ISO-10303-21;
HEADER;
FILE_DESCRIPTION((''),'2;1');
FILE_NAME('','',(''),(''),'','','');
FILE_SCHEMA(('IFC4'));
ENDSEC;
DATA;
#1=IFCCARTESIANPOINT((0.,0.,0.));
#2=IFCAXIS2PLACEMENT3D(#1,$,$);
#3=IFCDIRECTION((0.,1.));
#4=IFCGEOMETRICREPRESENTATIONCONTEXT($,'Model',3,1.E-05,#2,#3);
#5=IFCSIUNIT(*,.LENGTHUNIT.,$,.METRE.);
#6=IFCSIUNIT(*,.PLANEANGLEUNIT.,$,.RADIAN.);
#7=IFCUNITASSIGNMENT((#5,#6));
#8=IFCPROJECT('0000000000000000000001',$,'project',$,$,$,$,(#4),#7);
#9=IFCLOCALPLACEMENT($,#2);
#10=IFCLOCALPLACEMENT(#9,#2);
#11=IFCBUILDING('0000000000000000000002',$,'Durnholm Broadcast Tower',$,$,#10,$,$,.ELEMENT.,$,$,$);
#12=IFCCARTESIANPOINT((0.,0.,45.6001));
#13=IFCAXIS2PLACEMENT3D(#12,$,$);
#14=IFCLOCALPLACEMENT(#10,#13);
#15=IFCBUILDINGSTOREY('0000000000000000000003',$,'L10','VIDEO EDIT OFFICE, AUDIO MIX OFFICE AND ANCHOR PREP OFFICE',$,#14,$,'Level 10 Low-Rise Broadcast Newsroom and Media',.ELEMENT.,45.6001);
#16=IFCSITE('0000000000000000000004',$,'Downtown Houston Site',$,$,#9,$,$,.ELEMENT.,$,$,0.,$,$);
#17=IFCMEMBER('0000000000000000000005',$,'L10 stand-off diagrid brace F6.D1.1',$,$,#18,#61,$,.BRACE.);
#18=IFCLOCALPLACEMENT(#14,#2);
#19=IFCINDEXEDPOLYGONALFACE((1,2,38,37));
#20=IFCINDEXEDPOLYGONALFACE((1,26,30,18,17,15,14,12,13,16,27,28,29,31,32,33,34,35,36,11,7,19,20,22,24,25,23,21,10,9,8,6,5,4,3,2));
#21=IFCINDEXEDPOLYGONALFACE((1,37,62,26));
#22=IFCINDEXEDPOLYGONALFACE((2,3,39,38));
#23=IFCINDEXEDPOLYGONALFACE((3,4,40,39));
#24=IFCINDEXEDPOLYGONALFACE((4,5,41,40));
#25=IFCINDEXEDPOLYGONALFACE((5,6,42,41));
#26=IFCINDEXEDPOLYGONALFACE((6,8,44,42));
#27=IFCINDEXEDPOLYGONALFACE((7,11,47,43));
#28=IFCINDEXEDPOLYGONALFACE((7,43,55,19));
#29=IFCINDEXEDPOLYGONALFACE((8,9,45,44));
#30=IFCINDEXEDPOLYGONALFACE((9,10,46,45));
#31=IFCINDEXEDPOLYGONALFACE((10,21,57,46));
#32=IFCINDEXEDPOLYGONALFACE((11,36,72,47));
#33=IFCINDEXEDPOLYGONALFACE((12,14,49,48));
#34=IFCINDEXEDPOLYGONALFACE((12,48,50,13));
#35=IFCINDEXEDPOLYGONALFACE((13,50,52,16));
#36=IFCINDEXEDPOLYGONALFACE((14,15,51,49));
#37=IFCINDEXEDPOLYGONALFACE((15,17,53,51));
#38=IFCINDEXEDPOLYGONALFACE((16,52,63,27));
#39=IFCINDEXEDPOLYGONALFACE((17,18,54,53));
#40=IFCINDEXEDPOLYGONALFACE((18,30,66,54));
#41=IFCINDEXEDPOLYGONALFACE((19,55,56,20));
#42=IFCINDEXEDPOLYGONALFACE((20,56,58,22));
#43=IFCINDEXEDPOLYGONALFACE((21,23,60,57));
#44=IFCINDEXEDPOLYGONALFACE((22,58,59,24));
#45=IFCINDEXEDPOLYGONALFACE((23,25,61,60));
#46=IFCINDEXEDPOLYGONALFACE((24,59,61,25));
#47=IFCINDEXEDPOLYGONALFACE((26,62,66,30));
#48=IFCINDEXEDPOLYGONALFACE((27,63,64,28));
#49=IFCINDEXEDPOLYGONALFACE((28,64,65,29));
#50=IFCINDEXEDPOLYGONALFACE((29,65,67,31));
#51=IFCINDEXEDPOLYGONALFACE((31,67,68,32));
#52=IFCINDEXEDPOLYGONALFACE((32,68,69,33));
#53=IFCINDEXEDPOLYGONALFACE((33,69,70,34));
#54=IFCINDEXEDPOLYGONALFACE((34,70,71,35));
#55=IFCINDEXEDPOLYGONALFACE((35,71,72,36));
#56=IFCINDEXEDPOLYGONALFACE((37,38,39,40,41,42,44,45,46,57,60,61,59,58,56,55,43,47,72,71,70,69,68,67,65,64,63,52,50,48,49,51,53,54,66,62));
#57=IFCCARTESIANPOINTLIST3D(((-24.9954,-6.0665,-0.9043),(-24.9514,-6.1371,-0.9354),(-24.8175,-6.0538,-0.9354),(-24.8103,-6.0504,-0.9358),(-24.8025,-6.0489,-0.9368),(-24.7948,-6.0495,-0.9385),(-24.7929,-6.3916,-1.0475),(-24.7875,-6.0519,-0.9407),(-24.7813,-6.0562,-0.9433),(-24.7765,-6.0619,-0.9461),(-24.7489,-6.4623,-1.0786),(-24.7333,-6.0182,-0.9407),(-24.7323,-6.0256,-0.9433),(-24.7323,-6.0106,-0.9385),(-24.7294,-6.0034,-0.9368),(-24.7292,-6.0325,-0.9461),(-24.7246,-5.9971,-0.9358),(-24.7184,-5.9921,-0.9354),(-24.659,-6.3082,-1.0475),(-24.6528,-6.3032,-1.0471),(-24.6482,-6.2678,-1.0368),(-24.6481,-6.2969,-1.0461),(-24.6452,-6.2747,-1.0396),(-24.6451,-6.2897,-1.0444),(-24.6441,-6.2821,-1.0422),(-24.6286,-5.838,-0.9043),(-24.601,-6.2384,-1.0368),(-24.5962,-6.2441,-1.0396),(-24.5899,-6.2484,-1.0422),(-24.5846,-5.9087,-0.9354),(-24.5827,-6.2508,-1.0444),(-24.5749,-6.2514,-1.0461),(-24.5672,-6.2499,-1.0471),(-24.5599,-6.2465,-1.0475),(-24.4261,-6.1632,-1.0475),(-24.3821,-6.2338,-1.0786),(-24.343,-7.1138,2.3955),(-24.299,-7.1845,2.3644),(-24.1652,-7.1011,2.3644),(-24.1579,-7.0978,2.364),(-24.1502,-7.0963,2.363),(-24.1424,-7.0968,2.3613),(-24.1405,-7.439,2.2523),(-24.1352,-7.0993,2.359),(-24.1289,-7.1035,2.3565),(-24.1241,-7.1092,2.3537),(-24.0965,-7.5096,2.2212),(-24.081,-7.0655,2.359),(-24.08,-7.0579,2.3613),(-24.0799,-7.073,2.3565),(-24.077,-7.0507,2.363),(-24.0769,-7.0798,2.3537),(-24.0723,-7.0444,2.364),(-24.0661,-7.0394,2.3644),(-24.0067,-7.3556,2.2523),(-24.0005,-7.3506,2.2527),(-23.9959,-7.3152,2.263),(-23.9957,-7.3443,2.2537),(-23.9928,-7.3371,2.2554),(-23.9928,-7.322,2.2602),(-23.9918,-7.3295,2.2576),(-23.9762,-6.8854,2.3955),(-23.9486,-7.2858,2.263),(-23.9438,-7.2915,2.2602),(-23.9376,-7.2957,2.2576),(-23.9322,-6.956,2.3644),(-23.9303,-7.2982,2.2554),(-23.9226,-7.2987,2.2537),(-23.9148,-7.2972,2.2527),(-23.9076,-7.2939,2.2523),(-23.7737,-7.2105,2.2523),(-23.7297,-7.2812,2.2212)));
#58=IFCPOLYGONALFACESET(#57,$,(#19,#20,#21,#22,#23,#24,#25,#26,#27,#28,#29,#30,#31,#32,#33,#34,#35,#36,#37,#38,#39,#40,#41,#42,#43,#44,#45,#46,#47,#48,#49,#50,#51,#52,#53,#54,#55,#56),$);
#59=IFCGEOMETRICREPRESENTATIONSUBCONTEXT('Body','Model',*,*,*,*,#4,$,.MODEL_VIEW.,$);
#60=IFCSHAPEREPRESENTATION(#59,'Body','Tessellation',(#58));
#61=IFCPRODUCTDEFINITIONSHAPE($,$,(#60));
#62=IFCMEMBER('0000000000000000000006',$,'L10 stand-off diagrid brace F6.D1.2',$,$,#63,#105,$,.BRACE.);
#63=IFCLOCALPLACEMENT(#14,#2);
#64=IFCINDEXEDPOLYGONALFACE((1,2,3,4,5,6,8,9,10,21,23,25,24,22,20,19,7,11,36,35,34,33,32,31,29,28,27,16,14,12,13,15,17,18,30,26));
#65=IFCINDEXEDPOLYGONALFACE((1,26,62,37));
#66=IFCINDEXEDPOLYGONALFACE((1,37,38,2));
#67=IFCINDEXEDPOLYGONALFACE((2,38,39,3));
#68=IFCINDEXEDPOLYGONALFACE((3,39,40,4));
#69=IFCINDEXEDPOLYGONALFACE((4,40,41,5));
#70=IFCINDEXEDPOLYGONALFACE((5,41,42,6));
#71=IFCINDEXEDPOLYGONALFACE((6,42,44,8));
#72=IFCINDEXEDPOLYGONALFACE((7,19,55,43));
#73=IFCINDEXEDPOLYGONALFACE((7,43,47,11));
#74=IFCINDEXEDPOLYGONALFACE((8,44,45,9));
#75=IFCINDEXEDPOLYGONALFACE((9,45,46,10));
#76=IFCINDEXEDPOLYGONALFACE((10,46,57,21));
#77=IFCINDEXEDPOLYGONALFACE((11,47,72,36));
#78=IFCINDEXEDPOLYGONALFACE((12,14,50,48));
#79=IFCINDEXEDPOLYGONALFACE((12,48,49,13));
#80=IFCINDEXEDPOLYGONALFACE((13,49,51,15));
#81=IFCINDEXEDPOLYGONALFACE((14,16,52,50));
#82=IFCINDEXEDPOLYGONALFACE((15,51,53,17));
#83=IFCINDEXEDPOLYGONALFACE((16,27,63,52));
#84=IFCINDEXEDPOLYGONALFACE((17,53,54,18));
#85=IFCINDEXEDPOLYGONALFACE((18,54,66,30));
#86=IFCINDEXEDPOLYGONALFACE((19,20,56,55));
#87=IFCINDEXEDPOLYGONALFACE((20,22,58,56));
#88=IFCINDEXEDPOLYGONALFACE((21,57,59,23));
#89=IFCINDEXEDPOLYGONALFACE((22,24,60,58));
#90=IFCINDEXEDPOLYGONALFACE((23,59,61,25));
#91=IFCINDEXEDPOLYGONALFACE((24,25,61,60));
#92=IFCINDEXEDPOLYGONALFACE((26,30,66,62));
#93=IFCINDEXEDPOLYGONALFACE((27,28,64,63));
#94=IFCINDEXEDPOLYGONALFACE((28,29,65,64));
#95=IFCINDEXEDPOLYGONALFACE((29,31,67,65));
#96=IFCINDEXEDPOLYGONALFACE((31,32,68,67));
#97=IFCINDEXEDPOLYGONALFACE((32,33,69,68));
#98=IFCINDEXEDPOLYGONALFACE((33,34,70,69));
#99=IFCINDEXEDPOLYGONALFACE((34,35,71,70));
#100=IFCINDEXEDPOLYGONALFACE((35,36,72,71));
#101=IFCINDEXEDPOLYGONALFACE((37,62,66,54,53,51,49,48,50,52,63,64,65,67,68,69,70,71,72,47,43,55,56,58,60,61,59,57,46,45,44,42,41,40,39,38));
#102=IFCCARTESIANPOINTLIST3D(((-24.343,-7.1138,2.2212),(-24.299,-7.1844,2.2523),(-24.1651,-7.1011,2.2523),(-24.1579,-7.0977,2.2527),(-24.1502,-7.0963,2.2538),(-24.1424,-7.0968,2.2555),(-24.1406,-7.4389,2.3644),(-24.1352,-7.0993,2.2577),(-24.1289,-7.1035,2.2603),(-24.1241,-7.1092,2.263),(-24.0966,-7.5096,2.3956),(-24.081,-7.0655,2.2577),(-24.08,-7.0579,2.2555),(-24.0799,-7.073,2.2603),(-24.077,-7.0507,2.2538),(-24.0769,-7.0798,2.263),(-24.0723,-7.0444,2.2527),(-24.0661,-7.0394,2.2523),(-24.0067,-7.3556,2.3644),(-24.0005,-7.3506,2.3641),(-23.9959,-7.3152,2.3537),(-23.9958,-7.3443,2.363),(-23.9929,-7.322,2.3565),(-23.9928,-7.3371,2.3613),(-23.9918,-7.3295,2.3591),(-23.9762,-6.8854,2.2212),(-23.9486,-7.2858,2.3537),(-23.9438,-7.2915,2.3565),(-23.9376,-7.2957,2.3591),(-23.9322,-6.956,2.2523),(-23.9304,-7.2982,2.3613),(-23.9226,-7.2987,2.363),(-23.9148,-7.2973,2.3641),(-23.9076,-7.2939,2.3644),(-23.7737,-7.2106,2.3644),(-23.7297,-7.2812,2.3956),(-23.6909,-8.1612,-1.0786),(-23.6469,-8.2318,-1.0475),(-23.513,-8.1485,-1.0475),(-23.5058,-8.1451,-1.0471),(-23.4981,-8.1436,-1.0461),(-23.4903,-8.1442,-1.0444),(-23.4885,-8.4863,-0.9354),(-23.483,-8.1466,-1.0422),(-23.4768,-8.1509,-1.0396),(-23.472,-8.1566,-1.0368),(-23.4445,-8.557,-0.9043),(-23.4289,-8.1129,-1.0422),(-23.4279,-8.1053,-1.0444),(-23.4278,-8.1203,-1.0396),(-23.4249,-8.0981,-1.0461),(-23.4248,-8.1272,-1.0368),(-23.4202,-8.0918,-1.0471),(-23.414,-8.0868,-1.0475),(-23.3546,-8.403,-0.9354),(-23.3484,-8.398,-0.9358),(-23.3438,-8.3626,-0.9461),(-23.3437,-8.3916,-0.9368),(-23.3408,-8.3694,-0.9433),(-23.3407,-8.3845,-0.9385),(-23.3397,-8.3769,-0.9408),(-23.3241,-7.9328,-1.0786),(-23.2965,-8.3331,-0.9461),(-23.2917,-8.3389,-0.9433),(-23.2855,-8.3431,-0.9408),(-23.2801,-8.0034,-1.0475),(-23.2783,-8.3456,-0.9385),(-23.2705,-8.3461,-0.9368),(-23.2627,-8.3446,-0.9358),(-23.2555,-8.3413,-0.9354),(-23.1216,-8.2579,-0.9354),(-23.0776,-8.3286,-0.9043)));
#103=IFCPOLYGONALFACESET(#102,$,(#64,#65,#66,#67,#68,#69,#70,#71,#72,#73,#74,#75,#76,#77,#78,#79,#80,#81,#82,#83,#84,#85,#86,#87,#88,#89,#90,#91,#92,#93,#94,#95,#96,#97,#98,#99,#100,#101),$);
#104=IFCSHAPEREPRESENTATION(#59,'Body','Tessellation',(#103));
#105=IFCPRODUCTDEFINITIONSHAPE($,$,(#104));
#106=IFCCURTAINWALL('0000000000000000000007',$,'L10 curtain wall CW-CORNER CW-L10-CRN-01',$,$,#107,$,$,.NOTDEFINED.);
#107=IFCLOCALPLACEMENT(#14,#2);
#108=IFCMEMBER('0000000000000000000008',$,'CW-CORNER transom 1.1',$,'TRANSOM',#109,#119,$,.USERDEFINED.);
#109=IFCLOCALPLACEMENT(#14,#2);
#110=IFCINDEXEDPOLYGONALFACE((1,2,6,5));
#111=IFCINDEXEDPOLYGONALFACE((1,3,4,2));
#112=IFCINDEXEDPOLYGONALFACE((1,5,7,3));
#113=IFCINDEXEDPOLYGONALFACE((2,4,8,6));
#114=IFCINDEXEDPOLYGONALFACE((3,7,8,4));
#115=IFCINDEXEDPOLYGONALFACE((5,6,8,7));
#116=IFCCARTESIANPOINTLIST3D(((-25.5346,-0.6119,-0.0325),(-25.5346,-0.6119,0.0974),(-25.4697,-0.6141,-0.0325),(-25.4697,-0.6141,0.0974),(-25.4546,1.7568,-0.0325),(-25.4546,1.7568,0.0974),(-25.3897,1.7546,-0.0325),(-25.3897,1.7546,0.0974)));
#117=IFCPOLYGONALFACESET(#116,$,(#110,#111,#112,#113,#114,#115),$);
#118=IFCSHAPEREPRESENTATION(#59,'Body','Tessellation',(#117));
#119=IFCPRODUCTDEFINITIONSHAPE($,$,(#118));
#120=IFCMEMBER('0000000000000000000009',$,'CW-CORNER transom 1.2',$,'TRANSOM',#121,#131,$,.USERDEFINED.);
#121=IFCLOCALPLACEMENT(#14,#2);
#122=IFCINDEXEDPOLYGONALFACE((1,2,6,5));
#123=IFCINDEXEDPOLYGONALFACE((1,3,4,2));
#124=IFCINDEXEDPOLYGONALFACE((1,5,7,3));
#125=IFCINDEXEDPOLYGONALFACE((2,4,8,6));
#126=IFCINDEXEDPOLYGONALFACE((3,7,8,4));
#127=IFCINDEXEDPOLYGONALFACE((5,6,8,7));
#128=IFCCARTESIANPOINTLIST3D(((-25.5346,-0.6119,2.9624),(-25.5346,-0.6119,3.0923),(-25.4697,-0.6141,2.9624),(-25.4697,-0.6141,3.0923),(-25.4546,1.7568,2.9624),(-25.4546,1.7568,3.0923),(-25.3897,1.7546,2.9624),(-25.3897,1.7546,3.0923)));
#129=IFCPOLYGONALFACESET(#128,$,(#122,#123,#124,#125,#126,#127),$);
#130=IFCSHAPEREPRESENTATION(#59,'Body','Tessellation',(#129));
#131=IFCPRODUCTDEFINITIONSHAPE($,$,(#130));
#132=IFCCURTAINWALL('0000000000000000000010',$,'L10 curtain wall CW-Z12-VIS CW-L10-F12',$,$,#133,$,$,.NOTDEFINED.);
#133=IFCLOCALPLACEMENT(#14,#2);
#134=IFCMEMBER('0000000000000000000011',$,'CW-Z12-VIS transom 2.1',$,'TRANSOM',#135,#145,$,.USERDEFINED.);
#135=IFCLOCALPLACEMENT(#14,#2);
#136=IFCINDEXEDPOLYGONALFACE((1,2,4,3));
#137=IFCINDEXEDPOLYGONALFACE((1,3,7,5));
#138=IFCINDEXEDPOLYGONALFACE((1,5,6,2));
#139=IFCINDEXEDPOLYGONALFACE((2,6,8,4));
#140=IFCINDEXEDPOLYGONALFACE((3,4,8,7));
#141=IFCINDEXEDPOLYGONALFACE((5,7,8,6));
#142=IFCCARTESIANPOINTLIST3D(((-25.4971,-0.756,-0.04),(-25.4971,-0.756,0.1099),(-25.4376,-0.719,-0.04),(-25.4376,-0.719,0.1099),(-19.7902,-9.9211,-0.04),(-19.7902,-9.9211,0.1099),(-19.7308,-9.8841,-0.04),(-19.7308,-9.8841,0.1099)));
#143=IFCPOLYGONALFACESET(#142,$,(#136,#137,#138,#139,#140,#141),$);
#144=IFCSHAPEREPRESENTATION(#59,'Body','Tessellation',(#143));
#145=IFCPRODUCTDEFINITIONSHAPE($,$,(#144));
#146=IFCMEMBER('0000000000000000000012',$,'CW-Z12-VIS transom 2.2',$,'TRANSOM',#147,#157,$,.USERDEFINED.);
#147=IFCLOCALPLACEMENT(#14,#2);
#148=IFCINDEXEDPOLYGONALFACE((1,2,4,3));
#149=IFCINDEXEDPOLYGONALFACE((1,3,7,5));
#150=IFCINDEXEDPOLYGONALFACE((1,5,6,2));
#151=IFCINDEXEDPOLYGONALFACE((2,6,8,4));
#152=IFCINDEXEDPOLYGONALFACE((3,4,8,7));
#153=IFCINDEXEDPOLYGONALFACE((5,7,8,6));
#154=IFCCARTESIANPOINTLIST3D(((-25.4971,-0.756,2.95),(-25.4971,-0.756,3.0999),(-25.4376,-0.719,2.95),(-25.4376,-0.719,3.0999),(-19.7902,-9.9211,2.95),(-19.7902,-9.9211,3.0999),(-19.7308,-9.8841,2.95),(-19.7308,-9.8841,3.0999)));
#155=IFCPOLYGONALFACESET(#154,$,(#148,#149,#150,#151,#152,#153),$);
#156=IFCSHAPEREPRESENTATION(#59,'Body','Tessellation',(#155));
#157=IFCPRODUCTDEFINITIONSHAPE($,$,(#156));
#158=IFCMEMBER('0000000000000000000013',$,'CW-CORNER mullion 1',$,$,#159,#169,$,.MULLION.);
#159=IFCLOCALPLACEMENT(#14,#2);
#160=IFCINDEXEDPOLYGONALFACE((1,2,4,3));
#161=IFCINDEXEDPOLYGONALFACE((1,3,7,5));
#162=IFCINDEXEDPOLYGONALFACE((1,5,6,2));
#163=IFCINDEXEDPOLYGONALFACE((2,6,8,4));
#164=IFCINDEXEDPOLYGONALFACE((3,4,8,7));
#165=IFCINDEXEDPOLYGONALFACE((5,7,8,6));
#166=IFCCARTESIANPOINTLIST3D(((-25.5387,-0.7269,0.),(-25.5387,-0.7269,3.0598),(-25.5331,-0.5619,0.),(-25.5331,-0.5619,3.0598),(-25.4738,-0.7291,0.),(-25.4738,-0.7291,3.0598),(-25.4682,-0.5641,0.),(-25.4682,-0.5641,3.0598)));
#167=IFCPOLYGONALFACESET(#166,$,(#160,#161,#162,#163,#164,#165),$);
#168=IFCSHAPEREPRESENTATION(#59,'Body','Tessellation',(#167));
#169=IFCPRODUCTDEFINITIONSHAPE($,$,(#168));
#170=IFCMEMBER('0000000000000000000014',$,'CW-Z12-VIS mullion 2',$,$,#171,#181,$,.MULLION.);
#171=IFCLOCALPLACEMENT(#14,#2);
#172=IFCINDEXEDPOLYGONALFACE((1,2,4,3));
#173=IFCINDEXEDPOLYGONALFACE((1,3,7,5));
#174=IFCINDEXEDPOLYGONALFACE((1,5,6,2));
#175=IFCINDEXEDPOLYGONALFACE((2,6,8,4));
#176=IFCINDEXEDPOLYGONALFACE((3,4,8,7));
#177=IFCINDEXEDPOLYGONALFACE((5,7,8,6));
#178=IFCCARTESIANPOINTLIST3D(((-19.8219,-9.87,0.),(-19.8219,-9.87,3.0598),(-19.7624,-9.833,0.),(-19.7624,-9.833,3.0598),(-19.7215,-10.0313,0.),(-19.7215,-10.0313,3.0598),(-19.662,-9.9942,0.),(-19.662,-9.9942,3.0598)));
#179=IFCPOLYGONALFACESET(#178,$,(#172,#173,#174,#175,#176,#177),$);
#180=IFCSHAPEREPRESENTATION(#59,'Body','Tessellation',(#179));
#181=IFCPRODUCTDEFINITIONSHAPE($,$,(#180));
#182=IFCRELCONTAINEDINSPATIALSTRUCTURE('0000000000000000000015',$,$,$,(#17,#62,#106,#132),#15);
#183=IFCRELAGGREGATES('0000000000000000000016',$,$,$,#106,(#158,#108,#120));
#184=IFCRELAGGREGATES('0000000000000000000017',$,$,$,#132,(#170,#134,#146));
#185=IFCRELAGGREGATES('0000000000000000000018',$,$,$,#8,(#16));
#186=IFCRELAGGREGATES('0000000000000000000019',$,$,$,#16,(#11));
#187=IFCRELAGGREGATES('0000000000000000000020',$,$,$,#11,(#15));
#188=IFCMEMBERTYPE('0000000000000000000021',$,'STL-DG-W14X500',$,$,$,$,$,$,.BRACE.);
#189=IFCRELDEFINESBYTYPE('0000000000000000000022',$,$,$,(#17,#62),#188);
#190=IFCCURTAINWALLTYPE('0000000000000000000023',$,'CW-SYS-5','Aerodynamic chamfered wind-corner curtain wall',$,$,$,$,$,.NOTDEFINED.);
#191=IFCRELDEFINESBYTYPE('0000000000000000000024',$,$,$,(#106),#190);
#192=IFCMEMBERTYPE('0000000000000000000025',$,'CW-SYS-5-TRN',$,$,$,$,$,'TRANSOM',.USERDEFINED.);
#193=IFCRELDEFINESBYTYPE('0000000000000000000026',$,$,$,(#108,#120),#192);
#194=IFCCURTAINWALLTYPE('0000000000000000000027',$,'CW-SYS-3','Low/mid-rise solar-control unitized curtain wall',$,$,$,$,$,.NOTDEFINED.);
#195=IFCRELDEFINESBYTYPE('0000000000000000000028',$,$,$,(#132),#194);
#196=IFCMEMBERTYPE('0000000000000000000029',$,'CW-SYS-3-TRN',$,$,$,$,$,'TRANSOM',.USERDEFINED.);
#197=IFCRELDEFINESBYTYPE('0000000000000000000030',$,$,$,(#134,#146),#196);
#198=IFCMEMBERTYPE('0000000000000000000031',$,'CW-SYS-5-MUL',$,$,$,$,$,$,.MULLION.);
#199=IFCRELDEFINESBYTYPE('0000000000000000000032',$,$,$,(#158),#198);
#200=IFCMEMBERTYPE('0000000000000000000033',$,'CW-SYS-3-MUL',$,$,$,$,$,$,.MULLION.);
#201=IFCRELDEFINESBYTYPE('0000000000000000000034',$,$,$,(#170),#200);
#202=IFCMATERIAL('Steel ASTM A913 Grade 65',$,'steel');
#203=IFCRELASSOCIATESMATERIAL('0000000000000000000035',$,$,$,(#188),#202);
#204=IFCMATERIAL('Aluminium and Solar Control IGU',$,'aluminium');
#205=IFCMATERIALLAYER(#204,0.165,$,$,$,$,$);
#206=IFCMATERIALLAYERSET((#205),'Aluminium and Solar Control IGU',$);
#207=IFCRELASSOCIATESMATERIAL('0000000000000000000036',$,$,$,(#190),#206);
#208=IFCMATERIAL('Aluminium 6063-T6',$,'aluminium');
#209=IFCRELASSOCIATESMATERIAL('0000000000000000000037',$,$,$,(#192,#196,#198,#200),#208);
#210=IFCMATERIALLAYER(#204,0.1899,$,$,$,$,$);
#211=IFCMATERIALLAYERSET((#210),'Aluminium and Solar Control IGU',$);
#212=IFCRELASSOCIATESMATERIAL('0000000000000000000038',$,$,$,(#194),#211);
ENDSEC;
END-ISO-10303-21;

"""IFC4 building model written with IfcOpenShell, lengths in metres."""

from ifc_helpers import new_model, si_unit, direction, frame, origin, origin_2d, place, context, subcontext, project, spatial, rectangle, i_section, extrude, source, transform, mapped, material, layer, layer_set, material_profile, profile_set, type_object, type_shapes, element, aggregate, save


model = new_model("IFC4")

# Units and contexts
model_context = context("Model", 3, precision=1e-05, world=origin(), true_north=direction((0.0, 1.0)))
body_context = subcontext(model_context, "Body", "Model", "MODEL_VIEW")
ifc_project = project(units=[si_unit("LENGTHUNIT", "METRE"), si_unit("PLANEANGLEUNIT", "RADIAN")], contexts=[model_context])

# Site, building, storey
site_placement = place(None, origin())
site = spatial("IfcSite", under=ifc_project, at=site_placement, Name="Downtown Houston Site", CompositionType="ELEMENT", RefElevation=0.0)
building_placement = place(site_placement, origin())
building = spatial("IfcBuilding", under=site, at=building_placement, Name="Durnholm Broadcast Tower", CompositionType="ELEMENT")
storey_placement = place(building_placement, frame((0.0, 0.0, 45.6001)))
storey = spatial("IfcBuildingStorey", under=building, at=storey_placement, Name="L10", Description="VIDEO EDIT OFFICE, AUDIO MIX OFFICE AND ANCHOR PREP OFFICE", LongName="Level 10 Low-Rise Broadcast Newsroom and Media", CompositionType="ELEMENT", Elevation=45.6001)

# Members
ifc_material_1 = material(Name="Steel ASTM A913 Grade 65", Category="steel")
ifc_material_profile_1 = material_profile(ifc_material_1, i_section(OverallWidth=0.4321, OverallDepth=0.4978, WebThickness=0.0557, FlangeThickness=0.0889, FilletRadius=0.0305, at=origin_2d()), Name="W14X500")
ifc_profile_set_1 = profile_set([ifc_material_profile_1], Name="Steel ASTM A913 Grade 65")
member_type_1 = type_object("IfcMemberType", Name="STL-DG-W14X500", PredefinedType="BRACE", material=ifc_profile_set_1)
shared_shape_1 = source(origin(), body_context, "Body", "SweptSolid", [
    extrude(i_section(OverallWidth=0.4321, OverallDepth=0.4978, WebThickness=0.0557, FlangeThickness=0.0889, FilletRadius=0.0305, at=origin_2d()), origin(), (0.0, 0.0, 1.0), 3.5229),
])
type_shapes(member_type_1, [shared_shape_1])
for number, where, z_axis, x_axis, name in (
    (1, (-24.6887, -6.1501, -0.9915), (0.185169, -0.297297, 0.936657), (0.84882, 0.528682, 0.0), "L10 stand-off diagrid brace F6.D1.1"),
    (2, (-23.3843, -8.2449, -0.9915), (-0.185102, 0.2973, 0.936669), (-0.848909, -0.52854, 0.0), "L10 stand-off diagrid brace F6.D1.2"),
):
    element("IfcMember", number, at=place(storey_placement, frame(where, z_axis=z_axis, x_axis=x_axis)), inside=storey, type_object=member_type_1, Name=name, PredefinedType="BRACE", context=body_context, shape_type="MappedRepresentation", body=[
        mapped(shared_shape_1, transform((0.0, 0.0, 0.0), x_axis=(1.0, 0.0, 0.0), y_axis=(0.0, 1.0, 0.0), z_axis=(0.0, 0.0, 1.0), scale=1.0)),
    ])

# Curtain walls, members
ifc_material_2 = material(Name="Aluminium and Solar Control IGU", Category="aluminium")
ifc_layer_1 = layer(ifc_material_2, 0.165)
ifc_layer_set_1 = layer_set([ifc_layer_1], Name="Aluminium and Solar Control IGU")
curtain_wall_type_1 = type_object("IfcCurtainWallType", Name="CW-SYS-5", Description="Aerodynamic chamfered wind-corner curtain wall", PredefinedType="NOTDEFINED", material=ifc_layer_set_1)
curtain_wall_1_placement = place(storey_placement, origin())
curtain_wall_1 = element("IfcCurtainWall", 3, at=curtain_wall_1_placement, inside=storey, type_object=curtain_wall_type_1, Name="L10 curtain wall CW-CORNER CW-L10-CRN-01", PredefinedType="NOTDEFINED")
ifc_material_3 = material(Name="Aluminium 6063-T6", Category="aluminium")
ifc_material_profile_2 = material_profile(ifc_material_3, rectangle(XDim=0.0649, YDim=0.1299, at=origin_2d()), Name="CWT65X130")
ifc_profile_set_2 = profile_set([ifc_material_profile_2], Name="Aluminium 6063-T6")
member_type_2 = type_object("IfcMemberType", Name="CW-SYS-5-TRN", ElementType="TRANSOM", PredefinedType="USERDEFINED", material=ifc_profile_set_2)
shared_shape_2 = source(origin(), body_context, "Body", "SweptSolid", [
    extrude(rectangle(XDim=0.0649, YDim=0.1299, at=origin_2d()), origin(), (0.0, 0.0, 1.0), 2.3701),
])
type_shapes(member_type_2, [shared_shape_2])
member_1_placement = place(storey_placement, frame((-25.5022, -0.613, 0.0325), z_axis=(0.033788, 0.999429, 0.0), x_axis=(-0.999429, 0.033788, 0.0)))
member_1 = element("IfcMember", 4, at=member_1_placement, type_object=member_type_2, Name="CW-CORNER transom 1.1", ObjectType="TRANSOM", PredefinedType="USERDEFINED", context=body_context, shape_type="MappedRepresentation", body=[
    mapped(shared_shape_2, transform((0.0, 0.0, 0.0), x_axis=(1.0, 0.0, 0.0), y_axis=(0.0, 1.0, 0.0), z_axis=(0.0, 0.0, 1.0), scale=1.0)),
])
member_2_placement = place(storey_placement, frame((-25.5022, -0.613, 3.0273), z_axis=(0.033788, 0.999429, 0.0), x_axis=(-0.999429, 0.033788, 0.0)))
member_2 = element("IfcMember", 5, at=member_2_placement, type_object=member_type_2, Name="CW-CORNER transom 1.2", ObjectType="TRANSOM", PredefinedType="USERDEFINED", context=body_context, shape_type="MappedRepresentation", body=[
    mapped(shared_shape_2, transform((0.0, 0.0, 0.0), x_axis=(1.0, 0.0, 0.0), y_axis=(0.0, 1.0, 0.0), z_axis=(0.0, 0.0, 1.0), scale=1.0)),
])
ifc_layer_2 = layer(ifc_material_2, 0.1899)
ifc_layer_set_2 = layer_set([ifc_layer_2], Name="Aluminium and Solar Control IGU")
curtain_wall_type_2 = type_object("IfcCurtainWallType", Name="CW-SYS-3", Description="Low/mid-rise solar-control unitized curtain wall", PredefinedType="NOTDEFINED", material=ifc_layer_set_2)
curtain_wall_2_placement = place(storey_placement, origin())
curtain_wall_2 = element("IfcCurtainWall", 6, at=curtain_wall_2_placement, inside=storey, type_object=curtain_wall_type_2, Name="L10 curtain wall CW-Z12-VIS CW-L10-F12", PredefinedType="NOTDEFINED")
ifc_material_profile_3 = material_profile(ifc_material_3, rectangle(XDim=0.0701, YDim=0.1499, at=origin_2d()), Name="CWT70X150")
ifc_profile_set_3 = profile_set([ifc_material_profile_3], Name="Aluminium 6063-T6")
member_type_3 = type_object("IfcMemberType", Name="CW-SYS-3-TRN", ElementType="TRANSOM", PredefinedType="USERDEFINED", material=ifc_profile_set_3)
shared_shape_3 = source(origin(), body_context, "Body", "SweptSolid", [
    extrude(rectangle(XDim=0.0701, YDim=0.1499, at=origin_2d()), origin(), (0.0, 0.0, 1.0), 10.7966),
])
type_shapes(member_type_3, [shared_shape_3])
member_3_placement = place(storey_placement, frame((-19.7605, -9.9026, 0.0349), z_axis=(-0.528575, 0.848886, 0.0), x_axis=(-0.848886, -0.528575, 0.0)))
member_3 = element("IfcMember", 7, at=member_3_placement, type_object=member_type_3, Name="CW-Z12-VIS transom 2.1", ObjectType="TRANSOM", PredefinedType="USERDEFINED", context=body_context, shape_type="MappedRepresentation", body=[
    mapped(shared_shape_3, transform((0.0, 0.0, 0.0), x_axis=(1.0, 0.0, 0.0), y_axis=(0.0, 1.0, 0.0), z_axis=(0.0, 0.0, 1.0), scale=1.0)),
])
member_4_placement = place(storey_placement, frame((-19.7605, -9.9026, 3.0249), z_axis=(-0.528575, 0.848886, 0.0), x_axis=(-0.848886, -0.528575, 0.0)))
member_4 = element("IfcMember", 8, at=member_4_placement, type_object=member_type_3, Name="CW-Z12-VIS transom 2.2", ObjectType="TRANSOM", PredefinedType="USERDEFINED", context=body_context, shape_type="MappedRepresentation", body=[
    mapped(shared_shape_3, transform((0.0, 0.0, 0.0), x_axis=(1.0, 0.0, 0.0), y_axis=(0.0, 1.0, 0.0), z_axis=(0.0, 0.0, 1.0), scale=1.0)),
])

# Members
ifc_material_profile_4 = material_profile(ifc_material_3, rectangle(XDim=0.0649, YDim=0.165, at=origin_2d()), Name="CWM65X165")
ifc_profile_set_4 = profile_set([ifc_material_profile_4], Name="Aluminium 6063-T6")
member_type_4 = type_object("IfcMemberType", Name="CW-SYS-5-MUL", PredefinedType="MULLION", material=ifc_profile_set_4)
shared_shape_4 = source(origin(), body_context, "Body", "SweptSolid", [
    extrude(rectangle(XDim=0.0649, YDim=0.165, at=origin_2d()), origin(), (0.0, 0.0, 1.0), 3.0598),
])
type_shapes(member_type_4, [shared_shape_4])
member_5_placement = place(storey_placement, frame((-25.5034, -0.6455, 0.0), z_axis=(0.0, 0.0, 1.0), x_axis=(-0.999427, 0.03384, 0.0)))
member_5 = element("IfcMember", 9, at=member_5_placement, type_object=member_type_4, Name="CW-CORNER mullion 1", PredefinedType="MULLION", context=body_context, shape_type="MappedRepresentation", body=[
    mapped(shared_shape_4, transform((0.0, 0.0, 0.0), x_axis=(1.0, 0.0, 0.0), y_axis=(0.0, 1.0, 0.0), z_axis=(0.0, 0.0, 1.0), scale=1.0)),
])
aggregate(curtain_wall_1, [member_5, member_1, member_2])
ifc_material_profile_5 = material_profile(ifc_material_3, rectangle(XDim=0.0701, YDim=0.1899, at=origin_2d()), Name="CWM70X190")
ifc_profile_set_5 = profile_set([ifc_material_profile_5], Name="Aluminium 6063-T6")
member_type_5 = type_object("IfcMemberType", Name="CW-SYS-3-MUL", PredefinedType="MULLION", material=ifc_profile_set_5)
shared_shape_5 = source(origin(), body_context, "Body", "SweptSolid", [
    extrude(rectangle(XDim=0.0701, YDim=0.1899, at=origin_2d()), origin(), (0.0, 0.0, 1.0), 3.0598),
])
type_shapes(member_type_5, [shared_shape_5])
member_6_placement = place(storey_placement, frame((-19.7419, -9.9321, 0.0), z_axis=(0.0, 0.0, 1.0), x_axis=(-0.848876, -0.528592, 0.0)))
member_6 = element("IfcMember", 10, at=member_6_placement, type_object=member_type_5, Name="CW-Z12-VIS mullion 2", PredefinedType="MULLION", context=body_context, shape_type="MappedRepresentation", body=[
    mapped(shared_shape_5, transform((0.0, 0.0, 0.0), x_axis=(1.0, 0.0, 0.0), y_axis=(0.0, 1.0, 0.0), z_axis=(0.0, 0.0, 1.0), scale=1.0)),
])

aggregate(curtain_wall_2, [member_6, member_3, member_4])

save(model, "model.ifc")
